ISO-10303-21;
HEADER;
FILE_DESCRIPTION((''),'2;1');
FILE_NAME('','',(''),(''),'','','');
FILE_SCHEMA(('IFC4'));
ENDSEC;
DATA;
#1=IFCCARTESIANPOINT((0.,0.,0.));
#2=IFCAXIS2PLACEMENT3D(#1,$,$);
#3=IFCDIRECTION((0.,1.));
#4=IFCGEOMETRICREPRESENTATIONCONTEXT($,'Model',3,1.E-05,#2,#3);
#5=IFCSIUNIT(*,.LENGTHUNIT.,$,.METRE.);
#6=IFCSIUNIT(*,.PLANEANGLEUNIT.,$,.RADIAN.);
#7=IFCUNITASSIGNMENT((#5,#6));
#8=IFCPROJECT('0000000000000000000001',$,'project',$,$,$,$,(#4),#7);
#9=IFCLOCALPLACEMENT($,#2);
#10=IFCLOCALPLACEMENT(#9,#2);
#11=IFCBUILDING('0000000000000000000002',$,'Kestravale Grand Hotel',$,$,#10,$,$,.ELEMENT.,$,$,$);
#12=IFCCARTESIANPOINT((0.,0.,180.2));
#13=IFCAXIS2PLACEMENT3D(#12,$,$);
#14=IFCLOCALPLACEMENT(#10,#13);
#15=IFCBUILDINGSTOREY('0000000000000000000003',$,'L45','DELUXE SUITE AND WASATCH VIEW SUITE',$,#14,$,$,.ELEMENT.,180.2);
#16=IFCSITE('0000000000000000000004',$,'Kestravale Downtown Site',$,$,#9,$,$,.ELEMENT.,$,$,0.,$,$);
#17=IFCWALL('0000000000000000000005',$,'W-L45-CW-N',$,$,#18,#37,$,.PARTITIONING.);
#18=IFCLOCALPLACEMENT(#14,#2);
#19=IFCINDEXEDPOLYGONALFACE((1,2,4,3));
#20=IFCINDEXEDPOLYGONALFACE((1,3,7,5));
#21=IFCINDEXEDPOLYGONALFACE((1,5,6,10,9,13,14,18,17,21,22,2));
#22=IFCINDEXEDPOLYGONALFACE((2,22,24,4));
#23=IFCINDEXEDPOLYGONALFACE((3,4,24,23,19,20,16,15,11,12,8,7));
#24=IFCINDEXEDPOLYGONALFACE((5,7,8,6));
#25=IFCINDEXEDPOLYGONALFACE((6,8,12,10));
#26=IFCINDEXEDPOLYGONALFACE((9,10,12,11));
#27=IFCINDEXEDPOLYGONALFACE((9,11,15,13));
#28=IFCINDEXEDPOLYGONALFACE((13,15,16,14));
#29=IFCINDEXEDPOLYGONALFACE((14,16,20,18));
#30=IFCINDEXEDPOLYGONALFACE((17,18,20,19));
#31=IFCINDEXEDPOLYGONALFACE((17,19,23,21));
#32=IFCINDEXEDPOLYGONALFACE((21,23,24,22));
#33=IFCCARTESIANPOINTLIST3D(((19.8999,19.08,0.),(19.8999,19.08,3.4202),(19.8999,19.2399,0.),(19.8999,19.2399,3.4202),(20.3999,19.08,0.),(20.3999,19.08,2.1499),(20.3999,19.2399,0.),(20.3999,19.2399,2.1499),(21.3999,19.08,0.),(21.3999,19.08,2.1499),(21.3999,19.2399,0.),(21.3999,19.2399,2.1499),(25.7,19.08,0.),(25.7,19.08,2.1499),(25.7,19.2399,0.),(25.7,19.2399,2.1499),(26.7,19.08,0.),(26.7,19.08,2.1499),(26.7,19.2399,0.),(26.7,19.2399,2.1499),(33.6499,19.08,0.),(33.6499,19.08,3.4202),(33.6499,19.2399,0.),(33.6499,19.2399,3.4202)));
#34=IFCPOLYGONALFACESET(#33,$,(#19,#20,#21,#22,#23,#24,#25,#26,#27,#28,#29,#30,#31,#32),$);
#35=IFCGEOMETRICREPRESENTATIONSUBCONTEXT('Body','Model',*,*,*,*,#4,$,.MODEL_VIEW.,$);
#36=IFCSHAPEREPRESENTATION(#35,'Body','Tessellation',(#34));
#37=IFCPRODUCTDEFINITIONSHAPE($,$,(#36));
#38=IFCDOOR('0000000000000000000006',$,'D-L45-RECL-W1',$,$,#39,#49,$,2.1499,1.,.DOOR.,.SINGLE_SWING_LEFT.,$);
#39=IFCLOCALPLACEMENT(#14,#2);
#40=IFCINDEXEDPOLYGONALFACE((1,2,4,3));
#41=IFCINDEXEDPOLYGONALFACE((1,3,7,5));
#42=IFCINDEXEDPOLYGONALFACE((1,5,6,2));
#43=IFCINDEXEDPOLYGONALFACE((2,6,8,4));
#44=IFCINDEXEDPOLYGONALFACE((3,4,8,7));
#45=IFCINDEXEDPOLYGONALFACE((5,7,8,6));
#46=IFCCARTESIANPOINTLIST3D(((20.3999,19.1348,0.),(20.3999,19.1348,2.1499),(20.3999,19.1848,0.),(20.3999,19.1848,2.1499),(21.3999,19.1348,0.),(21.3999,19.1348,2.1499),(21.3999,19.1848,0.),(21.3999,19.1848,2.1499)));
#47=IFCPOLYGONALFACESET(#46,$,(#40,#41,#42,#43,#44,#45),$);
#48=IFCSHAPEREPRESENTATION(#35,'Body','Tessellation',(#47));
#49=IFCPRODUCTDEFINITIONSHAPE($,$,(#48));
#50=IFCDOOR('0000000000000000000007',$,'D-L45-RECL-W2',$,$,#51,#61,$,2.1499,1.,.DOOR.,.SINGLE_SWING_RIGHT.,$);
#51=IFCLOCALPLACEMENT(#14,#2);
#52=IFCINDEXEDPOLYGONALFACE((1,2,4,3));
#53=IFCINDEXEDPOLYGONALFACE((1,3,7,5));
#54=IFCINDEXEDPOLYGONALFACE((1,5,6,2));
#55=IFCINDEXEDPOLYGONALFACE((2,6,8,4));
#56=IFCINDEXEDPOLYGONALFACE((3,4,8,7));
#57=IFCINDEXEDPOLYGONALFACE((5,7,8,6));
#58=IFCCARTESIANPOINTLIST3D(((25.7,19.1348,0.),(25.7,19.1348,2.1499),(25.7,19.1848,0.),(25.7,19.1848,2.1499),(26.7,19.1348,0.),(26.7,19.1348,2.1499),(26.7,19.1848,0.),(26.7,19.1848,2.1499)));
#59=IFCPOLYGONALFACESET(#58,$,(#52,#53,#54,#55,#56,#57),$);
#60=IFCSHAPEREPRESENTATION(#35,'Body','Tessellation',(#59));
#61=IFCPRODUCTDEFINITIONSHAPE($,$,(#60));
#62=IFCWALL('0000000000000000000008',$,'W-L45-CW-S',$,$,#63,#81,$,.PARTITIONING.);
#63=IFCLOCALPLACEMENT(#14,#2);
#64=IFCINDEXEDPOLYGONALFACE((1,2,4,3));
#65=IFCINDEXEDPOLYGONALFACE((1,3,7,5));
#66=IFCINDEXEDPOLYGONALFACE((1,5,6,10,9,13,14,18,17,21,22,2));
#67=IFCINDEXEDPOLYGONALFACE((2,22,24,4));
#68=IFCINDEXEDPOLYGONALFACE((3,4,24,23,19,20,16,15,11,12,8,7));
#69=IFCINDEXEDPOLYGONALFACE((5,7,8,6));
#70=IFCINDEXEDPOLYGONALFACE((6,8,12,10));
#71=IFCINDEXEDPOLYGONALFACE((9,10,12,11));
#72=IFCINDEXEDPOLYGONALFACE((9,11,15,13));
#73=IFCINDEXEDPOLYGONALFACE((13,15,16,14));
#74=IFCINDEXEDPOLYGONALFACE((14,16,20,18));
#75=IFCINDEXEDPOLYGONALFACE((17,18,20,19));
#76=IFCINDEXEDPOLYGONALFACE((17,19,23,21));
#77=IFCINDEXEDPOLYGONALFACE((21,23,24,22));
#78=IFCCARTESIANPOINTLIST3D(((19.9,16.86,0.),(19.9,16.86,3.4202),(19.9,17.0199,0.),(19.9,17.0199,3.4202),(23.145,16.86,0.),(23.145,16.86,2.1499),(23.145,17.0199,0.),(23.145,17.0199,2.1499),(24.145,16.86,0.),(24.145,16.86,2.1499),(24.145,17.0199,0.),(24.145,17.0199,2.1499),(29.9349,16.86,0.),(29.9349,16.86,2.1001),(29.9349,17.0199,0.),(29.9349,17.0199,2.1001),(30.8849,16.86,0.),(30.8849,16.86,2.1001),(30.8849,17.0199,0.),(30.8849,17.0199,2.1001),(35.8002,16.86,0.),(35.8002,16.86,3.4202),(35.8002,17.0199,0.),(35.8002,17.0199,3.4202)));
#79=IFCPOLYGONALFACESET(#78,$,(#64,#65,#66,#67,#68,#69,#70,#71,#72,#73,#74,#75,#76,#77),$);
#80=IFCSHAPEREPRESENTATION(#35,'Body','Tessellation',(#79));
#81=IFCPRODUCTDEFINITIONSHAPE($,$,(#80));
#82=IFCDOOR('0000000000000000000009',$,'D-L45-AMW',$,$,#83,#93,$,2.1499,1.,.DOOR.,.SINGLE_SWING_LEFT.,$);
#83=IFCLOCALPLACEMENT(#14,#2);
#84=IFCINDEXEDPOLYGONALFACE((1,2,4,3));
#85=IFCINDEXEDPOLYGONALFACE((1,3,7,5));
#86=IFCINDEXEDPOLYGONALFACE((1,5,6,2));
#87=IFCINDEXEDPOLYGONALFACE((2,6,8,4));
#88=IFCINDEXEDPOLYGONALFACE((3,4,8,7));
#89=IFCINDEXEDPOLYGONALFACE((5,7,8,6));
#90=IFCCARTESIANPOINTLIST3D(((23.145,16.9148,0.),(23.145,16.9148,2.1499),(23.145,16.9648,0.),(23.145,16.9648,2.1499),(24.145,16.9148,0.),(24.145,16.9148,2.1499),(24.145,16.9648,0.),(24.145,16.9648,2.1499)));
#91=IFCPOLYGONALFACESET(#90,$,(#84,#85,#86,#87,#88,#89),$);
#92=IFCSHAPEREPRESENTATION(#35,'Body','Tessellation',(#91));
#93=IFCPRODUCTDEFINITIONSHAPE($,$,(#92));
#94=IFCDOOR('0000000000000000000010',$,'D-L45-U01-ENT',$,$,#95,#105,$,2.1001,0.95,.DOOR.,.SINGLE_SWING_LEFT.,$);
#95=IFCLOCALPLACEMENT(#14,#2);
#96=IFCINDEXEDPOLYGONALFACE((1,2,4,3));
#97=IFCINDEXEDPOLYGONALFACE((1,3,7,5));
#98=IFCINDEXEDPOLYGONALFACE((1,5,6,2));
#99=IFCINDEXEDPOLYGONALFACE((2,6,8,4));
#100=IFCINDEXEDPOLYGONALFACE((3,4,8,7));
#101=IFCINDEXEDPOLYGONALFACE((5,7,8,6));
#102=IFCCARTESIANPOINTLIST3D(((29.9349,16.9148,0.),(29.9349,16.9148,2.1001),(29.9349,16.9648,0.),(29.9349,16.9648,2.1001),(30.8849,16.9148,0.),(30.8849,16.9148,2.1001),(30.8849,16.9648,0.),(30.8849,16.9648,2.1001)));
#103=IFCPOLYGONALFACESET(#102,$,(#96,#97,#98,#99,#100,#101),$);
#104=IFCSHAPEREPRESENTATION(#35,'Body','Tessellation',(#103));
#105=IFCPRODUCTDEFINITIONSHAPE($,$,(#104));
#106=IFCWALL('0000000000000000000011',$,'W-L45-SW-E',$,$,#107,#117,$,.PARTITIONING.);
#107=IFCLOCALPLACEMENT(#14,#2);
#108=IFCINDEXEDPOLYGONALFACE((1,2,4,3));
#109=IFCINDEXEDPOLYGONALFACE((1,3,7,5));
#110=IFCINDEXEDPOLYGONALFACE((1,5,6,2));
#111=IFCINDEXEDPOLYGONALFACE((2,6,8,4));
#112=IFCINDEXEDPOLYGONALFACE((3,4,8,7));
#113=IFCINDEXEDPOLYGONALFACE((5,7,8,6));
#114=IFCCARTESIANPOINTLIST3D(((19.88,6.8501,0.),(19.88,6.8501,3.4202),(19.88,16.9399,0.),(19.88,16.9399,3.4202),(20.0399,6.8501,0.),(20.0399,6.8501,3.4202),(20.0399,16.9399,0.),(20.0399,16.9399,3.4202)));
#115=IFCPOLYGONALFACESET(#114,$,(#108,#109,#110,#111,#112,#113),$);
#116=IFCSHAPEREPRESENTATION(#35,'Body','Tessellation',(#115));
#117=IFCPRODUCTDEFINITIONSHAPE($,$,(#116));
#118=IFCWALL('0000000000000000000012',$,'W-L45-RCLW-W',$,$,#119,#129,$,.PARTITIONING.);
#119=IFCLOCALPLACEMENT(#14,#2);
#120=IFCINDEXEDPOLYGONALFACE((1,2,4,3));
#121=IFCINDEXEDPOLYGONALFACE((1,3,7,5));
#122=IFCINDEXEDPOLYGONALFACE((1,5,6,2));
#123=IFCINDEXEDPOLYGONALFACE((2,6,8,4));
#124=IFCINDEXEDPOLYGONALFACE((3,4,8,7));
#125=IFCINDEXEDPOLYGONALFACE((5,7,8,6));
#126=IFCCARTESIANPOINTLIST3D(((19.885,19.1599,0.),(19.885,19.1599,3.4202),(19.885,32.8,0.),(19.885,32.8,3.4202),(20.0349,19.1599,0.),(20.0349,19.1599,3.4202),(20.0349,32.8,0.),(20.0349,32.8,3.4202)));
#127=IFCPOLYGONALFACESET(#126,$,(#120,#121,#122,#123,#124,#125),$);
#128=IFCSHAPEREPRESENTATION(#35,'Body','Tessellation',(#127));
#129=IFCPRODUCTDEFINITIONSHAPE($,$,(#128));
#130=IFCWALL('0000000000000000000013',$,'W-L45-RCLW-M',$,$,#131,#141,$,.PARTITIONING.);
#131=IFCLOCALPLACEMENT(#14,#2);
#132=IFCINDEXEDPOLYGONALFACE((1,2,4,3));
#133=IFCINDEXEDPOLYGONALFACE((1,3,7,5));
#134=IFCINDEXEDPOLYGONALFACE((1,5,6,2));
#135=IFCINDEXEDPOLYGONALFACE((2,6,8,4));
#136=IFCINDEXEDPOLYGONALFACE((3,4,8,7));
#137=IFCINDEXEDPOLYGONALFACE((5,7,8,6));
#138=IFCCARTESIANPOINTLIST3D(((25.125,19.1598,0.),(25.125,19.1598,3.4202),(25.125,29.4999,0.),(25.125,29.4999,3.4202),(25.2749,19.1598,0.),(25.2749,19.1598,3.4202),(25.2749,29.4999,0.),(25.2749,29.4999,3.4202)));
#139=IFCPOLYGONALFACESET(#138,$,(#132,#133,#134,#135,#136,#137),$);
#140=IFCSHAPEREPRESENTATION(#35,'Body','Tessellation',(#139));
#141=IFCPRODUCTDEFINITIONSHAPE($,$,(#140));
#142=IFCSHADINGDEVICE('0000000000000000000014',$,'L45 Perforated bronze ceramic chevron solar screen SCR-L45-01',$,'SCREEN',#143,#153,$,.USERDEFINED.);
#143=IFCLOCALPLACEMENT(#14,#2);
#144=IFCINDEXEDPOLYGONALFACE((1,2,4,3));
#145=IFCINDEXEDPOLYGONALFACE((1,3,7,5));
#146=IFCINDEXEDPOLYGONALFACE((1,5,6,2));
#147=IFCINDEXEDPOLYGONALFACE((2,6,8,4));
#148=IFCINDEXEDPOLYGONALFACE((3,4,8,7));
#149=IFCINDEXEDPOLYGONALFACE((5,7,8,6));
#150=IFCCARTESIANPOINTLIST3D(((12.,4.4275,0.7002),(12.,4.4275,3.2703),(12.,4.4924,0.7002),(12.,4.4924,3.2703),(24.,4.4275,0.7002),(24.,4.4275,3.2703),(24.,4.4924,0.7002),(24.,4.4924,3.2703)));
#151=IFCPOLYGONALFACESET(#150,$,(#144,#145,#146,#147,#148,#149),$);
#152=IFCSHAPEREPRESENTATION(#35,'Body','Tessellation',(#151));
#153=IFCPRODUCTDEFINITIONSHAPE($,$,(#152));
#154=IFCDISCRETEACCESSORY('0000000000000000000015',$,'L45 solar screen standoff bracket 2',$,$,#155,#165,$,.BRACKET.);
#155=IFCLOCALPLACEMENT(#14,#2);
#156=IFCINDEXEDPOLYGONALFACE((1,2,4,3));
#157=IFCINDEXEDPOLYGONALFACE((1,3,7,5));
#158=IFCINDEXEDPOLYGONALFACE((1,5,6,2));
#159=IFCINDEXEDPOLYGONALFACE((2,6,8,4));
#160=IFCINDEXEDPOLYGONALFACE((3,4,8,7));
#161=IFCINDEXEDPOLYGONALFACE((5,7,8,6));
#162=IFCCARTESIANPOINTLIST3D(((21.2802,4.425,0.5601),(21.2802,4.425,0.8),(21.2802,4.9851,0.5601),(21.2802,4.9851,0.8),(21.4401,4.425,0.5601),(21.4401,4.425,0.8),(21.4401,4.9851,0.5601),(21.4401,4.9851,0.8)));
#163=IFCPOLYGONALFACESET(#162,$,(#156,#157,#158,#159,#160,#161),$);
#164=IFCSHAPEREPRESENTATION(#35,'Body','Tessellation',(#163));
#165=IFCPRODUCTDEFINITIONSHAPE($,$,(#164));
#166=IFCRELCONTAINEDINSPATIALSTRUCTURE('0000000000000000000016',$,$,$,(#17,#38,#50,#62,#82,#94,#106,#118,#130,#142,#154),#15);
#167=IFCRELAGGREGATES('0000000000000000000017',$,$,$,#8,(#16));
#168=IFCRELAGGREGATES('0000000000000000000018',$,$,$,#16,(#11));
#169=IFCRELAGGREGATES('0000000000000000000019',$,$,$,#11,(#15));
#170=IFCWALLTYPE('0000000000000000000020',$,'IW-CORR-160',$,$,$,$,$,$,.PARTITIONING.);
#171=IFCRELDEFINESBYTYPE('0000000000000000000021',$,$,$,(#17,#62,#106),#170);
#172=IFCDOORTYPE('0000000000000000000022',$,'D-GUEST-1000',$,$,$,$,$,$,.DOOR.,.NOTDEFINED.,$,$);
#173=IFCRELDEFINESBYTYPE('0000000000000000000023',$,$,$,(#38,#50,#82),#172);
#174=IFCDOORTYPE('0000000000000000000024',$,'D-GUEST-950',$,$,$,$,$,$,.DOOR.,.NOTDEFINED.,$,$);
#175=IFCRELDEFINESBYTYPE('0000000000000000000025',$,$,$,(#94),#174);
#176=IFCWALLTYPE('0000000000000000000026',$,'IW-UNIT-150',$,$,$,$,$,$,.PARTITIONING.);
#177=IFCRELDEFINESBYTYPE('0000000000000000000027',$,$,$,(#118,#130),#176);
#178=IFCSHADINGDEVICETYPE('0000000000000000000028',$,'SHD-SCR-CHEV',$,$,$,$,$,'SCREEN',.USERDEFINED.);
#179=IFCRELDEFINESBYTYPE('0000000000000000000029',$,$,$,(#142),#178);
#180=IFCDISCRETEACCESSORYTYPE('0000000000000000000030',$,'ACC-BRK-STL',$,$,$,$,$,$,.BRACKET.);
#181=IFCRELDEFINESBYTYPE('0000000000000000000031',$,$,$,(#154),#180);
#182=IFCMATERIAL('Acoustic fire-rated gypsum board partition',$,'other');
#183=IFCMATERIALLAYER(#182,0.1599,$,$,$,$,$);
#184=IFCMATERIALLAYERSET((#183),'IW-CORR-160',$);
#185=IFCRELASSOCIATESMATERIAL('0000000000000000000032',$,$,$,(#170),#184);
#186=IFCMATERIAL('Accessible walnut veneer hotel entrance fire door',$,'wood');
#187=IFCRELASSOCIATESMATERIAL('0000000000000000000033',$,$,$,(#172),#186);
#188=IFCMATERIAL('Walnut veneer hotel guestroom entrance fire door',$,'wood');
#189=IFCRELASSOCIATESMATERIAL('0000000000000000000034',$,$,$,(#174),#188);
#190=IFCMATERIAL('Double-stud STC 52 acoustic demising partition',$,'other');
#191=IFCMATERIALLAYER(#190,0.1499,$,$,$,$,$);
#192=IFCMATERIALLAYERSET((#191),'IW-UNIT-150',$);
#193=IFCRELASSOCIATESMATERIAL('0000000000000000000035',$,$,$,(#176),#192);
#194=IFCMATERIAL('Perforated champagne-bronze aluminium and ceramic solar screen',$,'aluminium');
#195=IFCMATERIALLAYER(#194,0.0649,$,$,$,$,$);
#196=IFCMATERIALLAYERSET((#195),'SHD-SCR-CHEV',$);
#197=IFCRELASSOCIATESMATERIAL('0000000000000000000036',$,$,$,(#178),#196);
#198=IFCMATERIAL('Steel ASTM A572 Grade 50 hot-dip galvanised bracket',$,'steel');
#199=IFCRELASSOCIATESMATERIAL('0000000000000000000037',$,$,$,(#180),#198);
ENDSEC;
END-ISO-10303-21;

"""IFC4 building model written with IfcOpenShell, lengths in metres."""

from ifc_helpers import new_model, si_unit, direction, frame, frame_2d, origin, origin_2d, place, context, subcontext, project, spatial, rectangle, extrude, material, layer, layer_set, type_object, element, fill, save


model = new_model("IFC4")

# Units and contexts
model_context = context("Model", 3, precision=1e-05, world=origin(), true_north=direction((0.0, 1.0)))
body_context = subcontext(model_context, "Body", "Model", "MODEL_VIEW")
ifc_project = project(units=[si_unit("LENGTHUNIT", "METRE"), si_unit("PLANEANGLEUNIT", "RADIAN")], contexts=[model_context])

# Site, building, storey
site_placement = place(None, origin())
site = spatial("IfcSite", under=ifc_project, at=site_placement, Name="Kestravale Downtown Site", CompositionType="ELEMENT", RefElevation=0.0)
building_placement = place(site_placement, origin())
building = spatial("IfcBuilding", under=site, at=building_placement, Name="Kestravale Grand Hotel", CompositionType="ELEMENT")
storey_placement = place(building_placement, frame((0.0, 0.0, 180.2)))
storey = spatial("IfcBuildingStorey", under=building, at=storey_placement, Name="L45", Description="DELUXE SUITE AND WASATCH VIEW SUITE", CompositionType="ELEMENT", Elevation=180.2)

# Walls, openings, doors
ifc_material_1 = material(Name="Acoustic fire-rated gypsum board partition", Category="other")
ifc_layer_1 = layer(ifc_material_1, 0.1599)
ifc_layer_set_1 = layer_set([ifc_layer_1], Name="IW-CORR-160")
wall_type_1 = type_object("IfcWallType", Name="IW-CORR-160", PredefinedType="PARTITIONING", material=ifc_layer_set_1)
wall_1_placement = place(storey_placement, frame((19.8999, 19.1599, 0.0), z_axis=(0.0, 0.0, 1.0), x_axis=(1.0, 0.0, 0.0)))
wall_1 = element("IfcWall", 1, at=wall_1_placement, inside=storey, type_object=wall_type_1, Name="W-L45-CW-N", PredefinedType="PARTITIONING", context=body_context, shape_type="SweptSolid", body=[
    extrude(rectangle(XDim=13.75, YDim=0.1599, at=frame_2d((6.875, 0.0))), origin(), (0.0, 0.0, 1.0), 3.4202),
])
opening_1_placement = place(wall_1_placement, frame((0.5, 0.0, 0.0)))
opening_1 = element("IfcOpeningElement", 2, at=opening_1_placement, cuts=wall_1, PredefinedType="OPENING", context=body_context, shape_type="SweptSolid", body=[
    extrude(rectangle(XDim=1.0, YDim=2.1499, at=frame_2d((0.5, 1.075))), frame((0.0, 0.0898, 0.0), z_axis=(0.0, -1.0, 0.0), x_axis=(1.0, 0.0, 0.0)), (0.0, 0.0, 1.0), 0.1799),
])
opening_2_placement = place(wall_1_placement, frame((5.8, 0.0, 0.0)))
opening_2 = element("IfcOpeningElement", 3, at=opening_2_placement, cuts=wall_1, PredefinedType="OPENING", context=body_context, shape_type="SweptSolid", body=[
    extrude(rectangle(XDim=1.0, YDim=2.1499, at=frame_2d((0.5, 1.075))), frame((0.0, 0.0898, 0.0), z_axis=(0.0, -1.0, 0.0), x_axis=(1.0, 0.0, 0.0)), (0.0, 0.0, 1.0), 0.1799),
])
ifc_material_2 = material(Name="Accessible walnut veneer hotel entrance fire door", Category="wood")
door_type_1 = type_object("IfcDoorType", Name="D-GUEST-1000", OperationType="NOTDEFINED", PredefinedType="DOOR", material=ifc_material_2)
door_1_placement = place(opening_1_placement, origin())
door_1 = element("IfcDoor", 4, at=door_1_placement, inside=storey, type_object=door_type_1, Name="D-L45-RECL-W1", OperationType="SINGLE_SWING_LEFT", OverallHeight=2.1499, OverallWidth=1.0, PredefinedType="DOOR", context=body_context, shape_type="SweptSolid", body=[
    extrude(rectangle(XDim=1.0, YDim=2.1499, at=frame_2d((0.5, 1.075))), frame((0.0, 0.0249, 0.0), z_axis=(0.0, -1.0, 0.0), x_axis=(1.0, 0.0, 0.0)), (0.0, 0.0, 1.0), 0.05),
])
fill(opening_1, door_1)
door_2_placement = place(opening_2_placement, origin())
door_2 = element("IfcDoor", 5, at=door_2_placement, inside=storey, type_object=door_type_1, Name="D-L45-RECL-W2", OperationType="SINGLE_SWING_RIGHT", OverallHeight=2.1499, OverallWidth=1.0, PredefinedType="DOOR", context=body_context, shape_type="SweptSolid", body=[
    extrude(rectangle(XDim=1.0, YDim=2.1499, at=frame_2d((0.5, 1.075))), frame((0.0, 0.0249, 0.0), z_axis=(0.0, -1.0, 0.0), x_axis=(1.0, 0.0, 0.0)), (0.0, 0.0, 1.0), 0.05),
])
fill(opening_2, door_2)
wall_2_placement = place(storey_placement, frame((19.8999, 16.9399, 0.0), z_axis=(0.0, 0.0, 1.0), x_axis=(1.0, 0.0, 0.0)))
wall_2 = element("IfcWall", 6, at=wall_2_placement, inside=storey, type_object=wall_type_1, Name="W-L45-CW-S", PredefinedType="PARTITIONING", context=body_context, shape_type="SweptSolid", body=[
    extrude(rectangle(XDim=15.9001, YDim=0.1599, at=frame_2d((7.9502, 0.0))), origin(), (0.0, 0.0, 1.0), 3.4202),
])
opening_3_placement = place(wall_2_placement, frame((3.2451, 0.0, 0.0)))
opening_3 = element("IfcOpeningElement", 7, at=opening_3_placement, cuts=wall_2, PredefinedType="OPENING", context=body_context, shape_type="SweptSolid", body=[
    extrude(rectangle(XDim=1.0, YDim=2.1499, at=frame_2d((0.5, 1.075))), frame((0.0, 0.0898, 0.0), z_axis=(0.0, -1.0, 0.0), x_axis=(1.0, 0.0, 0.0)), (0.0, 0.0, 1.0), 0.1799),
])
opening_4_placement = place(wall_2_placement, frame((10.0349, 0.0, 0.0)))
opening_4 = element("IfcOpeningElement", 8, at=opening_4_placement, cuts=wall_2, PredefinedType="OPENING", context=body_context, shape_type="SweptSolid", body=[
    extrude(rectangle(XDim=0.95, YDim=2.1001, at=frame_2d((0.4751, 1.05))), frame((0.0, 0.0898, 0.0), z_axis=(0.0, -1.0, 0.0), x_axis=(1.0, 0.0, 0.0)), (0.0, 0.0, 1.0), 0.1799),
])
door_3_placement = place(opening_3_placement, origin())
door_3 = element("IfcDoor", 9, at=door_3_placement, inside=storey, type_object=door_type_1, Name="D-L45-AMW", OperationType="SINGLE_SWING_LEFT", OverallHeight=2.1499, OverallWidth=1.0, PredefinedType="DOOR", context=body_context, shape_type="SweptSolid", body=[
    extrude(rectangle(XDim=1.0, YDim=2.1499, at=frame_2d((0.5, 1.075))), frame((0.0, 0.0249, 0.0), z_axis=(0.0, -1.0, 0.0), x_axis=(1.0, 0.0, 0.0)), (0.0, 0.0, 1.0), 0.05),
])
fill(opening_3, door_3)
ifc_material_3 = material(Name="Walnut veneer hotel guestroom entrance fire door", Category="wood")
door_type_2 = type_object("IfcDoorType", Name="D-GUEST-950", OperationType="NOTDEFINED", PredefinedType="DOOR", material=ifc_material_3)
door_4_placement = place(opening_4_placement, origin())
door_4 = element("IfcDoor", 10, at=door_4_placement, inside=storey, type_object=door_type_2, Name="D-L45-U01-ENT", OperationType="SINGLE_SWING_LEFT", OverallHeight=2.1001, OverallWidth=0.95, PredefinedType="DOOR", context=body_context, shape_type="SweptSolid", body=[
    extrude(rectangle(XDim=0.95, YDim=2.1001, at=frame_2d((0.4751, 1.05))), frame((0.0, 0.0249, 0.0), z_axis=(0.0, -1.0, 0.0), x_axis=(1.0, 0.0, 0.0)), (0.0, 0.0, 1.0), 0.05),
])
fill(opening_4, door_4)

# Walls
wall_3_placement = place(storey_placement, frame((19.96, 6.8501, 0.0), z_axis=(0.0, 0.0, 1.0), x_axis=(0.0, 1.0, 0.0)))
element("IfcWall", 11, at=wall_3_placement, inside=storey, type_object=wall_type_1, Name="W-L45-SW-E", PredefinedType="PARTITIONING", context=body_context, shape_type="SweptSolid", body=[
    extrude(rectangle(XDim=10.0898, YDim=0.1599, at=frame_2d((5.0449, 0.0))), origin(), (0.0, 0.0, 1.0), 3.4202),
])
ifc_material_4 = material(Name="Double-stud STC 52 acoustic demising partition", Category="other")
ifc_layer_2 = layer(ifc_material_4, 0.1499)
ifc_layer_set_2 = layer_set([ifc_layer_2], Name="IW-UNIT-150")
wall_type_2 = type_object("IfcWallType", Name="IW-UNIT-150", PredefinedType="PARTITIONING", material=ifc_layer_set_2)
wall_4_placement = place(storey_placement, frame((19.96, 19.1599, 0.0), z_axis=(0.0, 0.0, 1.0), x_axis=(0.0, 1.0, 0.0)))
element("IfcWall", 12, at=wall_4_placement, inside=storey, type_object=wall_type_2, Name="W-L45-RCLW-W", PredefinedType="PARTITIONING", context=body_context, shape_type="SweptSolid", body=[
    extrude(rectangle(XDim=13.6401, YDim=0.1499, at=frame_2d((6.8201, 0.0))), origin(), (0.0, 0.0, 1.0), 3.4202),
])
wall_5_placement = place(storey_placement, frame((25.2, 19.1599, 0.0), z_axis=(0.0, 0.0, 1.0), x_axis=(0.0, 1.0, 0.0)))
element("IfcWall", 13, at=wall_5_placement, inside=storey, type_object=wall_type_2, Name="W-L45-RCLW-M", PredefinedType="PARTITIONING", context=body_context, shape_type="SweptSolid", body=[
    extrude(rectangle(XDim=10.3401, YDim=0.1499, at=frame_2d((5.1699, 0.0))), origin(), (0.0, 0.0, 1.0), 3.4202),
])

# Shading device
ifc_material_5 = material(Name="Perforated champagne-bronze aluminium and ceramic solar screen", Category="aluminium")
ifc_layer_3 = layer(ifc_material_5, 0.0649)
ifc_layer_set_3 = layer_set([ifc_layer_3], Name="SHD-SCR-CHEV")
shading_device_type = type_object("IfcShadingDeviceType", Name="SHD-SCR-CHEV", ElementType="SCREEN", PredefinedType="USERDEFINED", material=ifc_layer_set_3)
shading_device_placement = place(storey_placement, frame((18.0, 4.46, 0.7002), z_axis=(0.0, 0.0, 1.0), x_axis=(1.0, 0.0, 0.0)))
element("IfcShadingDevice", 14, at=shading_device_placement, inside=storey, type_object=shading_device_type, Name="L45 Perforated bronze ceramic chevron solar screen SCR-L45-01", ObjectType="SCREEN", PredefinedType="USERDEFINED", context=body_context, shape_type="SweptSolid", body=[
    extrude(rectangle(XDim=12.0, YDim=0.0649, at=origin_2d()), origin(), (0.0, 0.0, 1.0), 2.5701),
])

# Discrete accessory
ifc_material_6 = material(Name="Steel ASTM A572 Grade 50 hot-dip galvanised bracket", Category="steel")
discrete_accessory_type = type_object("IfcDiscreteAccessoryType", Name="ACC-BRK-STL", PredefinedType="BRACKET", material=ifc_material_6)
discrete_accessory_placement = place(storey_placement, frame((21.3601, 4.7051, 0.5601), z_axis=(0.0, 0.0, 1.0), x_axis=(1.0, 0.0, 0.0)))
element("IfcDiscreteAccessory", 15, at=discrete_accessory_placement, inside=storey, type_object=discrete_accessory_type, Name="L45 solar screen standoff bracket 2", PredefinedType="BRACKET", context=body_context, shape_type="SweptSolid", body=[
    extrude(rectangle(XDim=0.1599, YDim=0.5601, at=origin_2d()), origin(), (0.0, 0.0, 1.0), 0.24),
])

save(model, "model.ifc")
